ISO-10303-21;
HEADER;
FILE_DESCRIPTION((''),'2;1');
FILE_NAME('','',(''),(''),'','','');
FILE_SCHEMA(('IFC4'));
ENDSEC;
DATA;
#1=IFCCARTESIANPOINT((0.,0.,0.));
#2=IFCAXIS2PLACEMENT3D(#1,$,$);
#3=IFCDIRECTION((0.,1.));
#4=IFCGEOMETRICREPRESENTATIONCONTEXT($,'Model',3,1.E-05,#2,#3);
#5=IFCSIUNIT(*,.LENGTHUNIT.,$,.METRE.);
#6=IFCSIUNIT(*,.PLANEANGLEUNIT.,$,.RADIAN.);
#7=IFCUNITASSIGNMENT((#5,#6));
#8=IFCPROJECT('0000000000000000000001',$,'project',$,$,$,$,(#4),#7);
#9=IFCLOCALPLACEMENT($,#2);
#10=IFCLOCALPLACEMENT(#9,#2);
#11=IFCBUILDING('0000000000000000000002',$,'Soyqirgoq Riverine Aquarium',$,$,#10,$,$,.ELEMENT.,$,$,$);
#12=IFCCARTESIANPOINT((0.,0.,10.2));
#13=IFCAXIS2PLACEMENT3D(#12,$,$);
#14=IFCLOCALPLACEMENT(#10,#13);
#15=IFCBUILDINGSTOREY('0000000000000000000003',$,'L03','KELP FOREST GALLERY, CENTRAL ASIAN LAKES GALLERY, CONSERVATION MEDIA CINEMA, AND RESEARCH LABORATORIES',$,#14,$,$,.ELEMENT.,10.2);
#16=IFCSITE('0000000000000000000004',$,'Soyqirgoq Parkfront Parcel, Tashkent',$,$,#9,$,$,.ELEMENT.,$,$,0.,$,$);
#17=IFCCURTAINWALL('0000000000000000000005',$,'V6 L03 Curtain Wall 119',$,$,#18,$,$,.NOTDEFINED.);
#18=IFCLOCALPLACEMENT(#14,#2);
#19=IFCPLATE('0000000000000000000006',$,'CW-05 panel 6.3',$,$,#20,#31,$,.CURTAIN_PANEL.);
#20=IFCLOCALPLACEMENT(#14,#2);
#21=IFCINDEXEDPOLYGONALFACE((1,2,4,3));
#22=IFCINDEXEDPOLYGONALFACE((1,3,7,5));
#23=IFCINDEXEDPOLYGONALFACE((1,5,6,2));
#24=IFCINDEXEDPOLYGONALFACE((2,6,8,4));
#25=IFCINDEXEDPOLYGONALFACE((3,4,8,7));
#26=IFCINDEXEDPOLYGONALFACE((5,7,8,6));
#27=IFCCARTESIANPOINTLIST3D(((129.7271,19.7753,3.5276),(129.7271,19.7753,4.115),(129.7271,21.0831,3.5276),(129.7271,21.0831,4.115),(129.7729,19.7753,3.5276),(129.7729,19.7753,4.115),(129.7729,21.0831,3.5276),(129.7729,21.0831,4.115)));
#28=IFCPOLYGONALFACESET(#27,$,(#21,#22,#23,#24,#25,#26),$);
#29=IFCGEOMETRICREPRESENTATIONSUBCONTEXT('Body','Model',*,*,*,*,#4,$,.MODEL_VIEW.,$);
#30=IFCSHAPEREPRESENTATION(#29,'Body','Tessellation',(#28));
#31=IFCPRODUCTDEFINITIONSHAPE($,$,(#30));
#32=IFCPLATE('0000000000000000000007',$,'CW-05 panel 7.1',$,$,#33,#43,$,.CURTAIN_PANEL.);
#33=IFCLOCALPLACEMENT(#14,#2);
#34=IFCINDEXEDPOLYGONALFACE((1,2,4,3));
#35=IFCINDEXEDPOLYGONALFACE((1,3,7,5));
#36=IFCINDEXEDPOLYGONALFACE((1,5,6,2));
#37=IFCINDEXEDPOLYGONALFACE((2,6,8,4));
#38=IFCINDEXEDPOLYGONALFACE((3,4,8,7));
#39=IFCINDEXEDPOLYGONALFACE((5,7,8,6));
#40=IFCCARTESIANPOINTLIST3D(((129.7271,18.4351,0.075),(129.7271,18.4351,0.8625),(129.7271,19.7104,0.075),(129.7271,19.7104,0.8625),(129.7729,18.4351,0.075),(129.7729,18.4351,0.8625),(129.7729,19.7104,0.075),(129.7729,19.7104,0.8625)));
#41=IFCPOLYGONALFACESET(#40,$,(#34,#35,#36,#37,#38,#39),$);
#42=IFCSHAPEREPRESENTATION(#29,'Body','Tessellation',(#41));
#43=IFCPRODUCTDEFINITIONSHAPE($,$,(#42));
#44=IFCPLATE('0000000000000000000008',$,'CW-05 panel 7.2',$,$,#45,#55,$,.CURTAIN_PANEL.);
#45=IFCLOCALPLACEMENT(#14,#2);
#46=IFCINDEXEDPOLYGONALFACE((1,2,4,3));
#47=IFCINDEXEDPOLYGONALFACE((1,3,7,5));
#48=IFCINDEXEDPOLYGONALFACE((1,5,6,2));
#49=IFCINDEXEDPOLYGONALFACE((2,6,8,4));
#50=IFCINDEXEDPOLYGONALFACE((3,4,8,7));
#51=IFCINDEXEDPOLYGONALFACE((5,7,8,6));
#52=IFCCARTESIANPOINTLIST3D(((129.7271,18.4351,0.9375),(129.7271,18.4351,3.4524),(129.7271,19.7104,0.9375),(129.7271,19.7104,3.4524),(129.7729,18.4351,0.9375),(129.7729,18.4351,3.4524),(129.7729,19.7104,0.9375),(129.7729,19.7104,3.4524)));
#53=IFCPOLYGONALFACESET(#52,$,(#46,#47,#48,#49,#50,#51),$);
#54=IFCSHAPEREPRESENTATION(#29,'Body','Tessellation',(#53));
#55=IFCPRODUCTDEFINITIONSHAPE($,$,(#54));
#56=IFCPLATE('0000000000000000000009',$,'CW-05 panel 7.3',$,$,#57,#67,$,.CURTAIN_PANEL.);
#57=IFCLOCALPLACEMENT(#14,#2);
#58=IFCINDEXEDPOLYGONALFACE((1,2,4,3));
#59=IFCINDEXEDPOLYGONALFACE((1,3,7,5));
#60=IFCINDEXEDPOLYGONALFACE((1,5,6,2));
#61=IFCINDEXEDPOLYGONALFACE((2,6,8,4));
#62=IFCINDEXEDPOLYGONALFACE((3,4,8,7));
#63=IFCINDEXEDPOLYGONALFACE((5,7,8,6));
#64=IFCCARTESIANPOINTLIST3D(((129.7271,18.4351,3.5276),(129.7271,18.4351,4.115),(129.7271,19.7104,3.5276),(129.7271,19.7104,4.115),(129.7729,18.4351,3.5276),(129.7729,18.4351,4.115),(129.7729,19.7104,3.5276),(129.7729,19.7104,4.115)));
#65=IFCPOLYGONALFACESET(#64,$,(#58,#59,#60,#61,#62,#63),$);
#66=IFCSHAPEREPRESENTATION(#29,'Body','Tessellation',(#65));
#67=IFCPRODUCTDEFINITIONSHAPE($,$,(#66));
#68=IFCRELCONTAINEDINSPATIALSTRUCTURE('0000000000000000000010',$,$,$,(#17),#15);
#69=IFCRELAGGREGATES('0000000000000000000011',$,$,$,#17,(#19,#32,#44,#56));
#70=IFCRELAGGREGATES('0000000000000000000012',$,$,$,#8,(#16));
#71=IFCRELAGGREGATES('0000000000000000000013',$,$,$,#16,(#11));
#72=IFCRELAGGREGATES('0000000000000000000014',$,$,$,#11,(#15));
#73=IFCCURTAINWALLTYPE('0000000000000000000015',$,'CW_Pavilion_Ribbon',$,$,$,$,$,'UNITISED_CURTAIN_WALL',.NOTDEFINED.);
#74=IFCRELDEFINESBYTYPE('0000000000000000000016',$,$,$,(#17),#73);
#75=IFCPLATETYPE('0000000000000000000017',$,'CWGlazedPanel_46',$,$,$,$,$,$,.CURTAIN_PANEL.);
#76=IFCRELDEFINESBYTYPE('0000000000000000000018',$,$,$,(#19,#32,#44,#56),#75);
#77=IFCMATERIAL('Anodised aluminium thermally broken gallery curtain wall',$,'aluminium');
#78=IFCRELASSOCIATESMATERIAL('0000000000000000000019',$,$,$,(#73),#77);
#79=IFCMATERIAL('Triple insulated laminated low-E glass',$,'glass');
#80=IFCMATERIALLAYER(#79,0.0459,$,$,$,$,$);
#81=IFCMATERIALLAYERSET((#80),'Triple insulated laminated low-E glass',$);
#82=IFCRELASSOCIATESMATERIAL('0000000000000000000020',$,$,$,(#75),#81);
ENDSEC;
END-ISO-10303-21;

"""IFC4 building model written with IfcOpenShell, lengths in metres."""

from ifc_helpers import new_model, si_unit, direction, frame, origin, origin_2d, place, context, subcontext, project, spatial, rectangle, extrude, material, layer, layer_set, type_object, element, aggregate, save


model = new_model("IFC4")

# Units and contexts
model_context = context("Model", 3, precision=1e-05, world=origin(), true_north=direction((0.0, 1.0)))
body_context = subcontext(model_context, "Body", "Model", "MODEL_VIEW")
ifc_project = project(units=[si_unit("LENGTHUNIT", "METRE"), si_unit("PLANEANGLEUNIT", "RADIAN")], contexts=[model_context])

# Site, building, storey
site_placement = place(None, origin())
site = spatial("IfcSite", under=ifc_project, at=site_placement, Name="Soyqirgoq Parkfront Parcel, Tashkent", CompositionType="ELEMENT", RefElevation=0.0)
building_placement = place(site_placement, origin())
building = spatial("IfcBuilding", under=site, at=building_placement, Name="Soyqirgoq Riverine Aquarium", CompositionType="ELEMENT")
storey_placement = place(building_placement, frame((0.0, 0.0, 10.2)))
storey = spatial("IfcBuildingStorey", under=building, at=storey_placement, Name="L03", Description="KELP FOREST GALLERY, CENTRAL ASIAN LAKES GALLERY, CONSERVATION MEDIA CINEMA, AND RESEARCH LABORATORIES", CompositionType="ELEMENT", Elevation=10.2)

# Curtain wall, plates
ifc_material_1 = material(Name="Anodised aluminium thermally broken gallery curtain wall", Category="aluminium")
curtain_wall_type = type_object("IfcCurtainWallType", Name="CW_Pavilion_Ribbon", ElementType="UNITISED_CURTAIN_WALL", PredefinedType="NOTDEFINED", material=ifc_material_1)
curtain_wall_placement = place(storey_placement, origin())
curtain_wall = element("IfcCurtainWall", 1, at=curtain_wall_placement, inside=storey, type_object=curtain_wall_type, Name="V6 L03 Curtain Wall 119", PredefinedType="NOTDEFINED")
ifc_material_2 = material(Name="Triple insulated laminated low-E glass", Category="glass")
ifc_layer = layer(ifc_material_2, 0.0459)
ifc_layer_set = layer_set([ifc_layer], Name="Triple insulated laminated low-E glass")
plate_type = type_object("IfcPlateType", Name="CWGlazedPanel_46", PredefinedType="CURTAIN_PANEL", material=ifc_layer_set)
plate_1_placement = place(storey_placement, frame((129.75, 20.4292, 3.5276), z_axis=(0.0, 0.0, 1.0), x_axis=(0.0, -1.0, 0.0)))
plate_1 = element("IfcPlate", 2, at=plate_1_placement, type_object=plate_type, Name="CW-05 panel 6.3", PredefinedType="CURTAIN_PANEL", context=body_context, shape_type="SweptSolid", body=[
    extrude(rectangle(XDim=1.3079, YDim=0.0459, at=origin_2d()), origin(), (0.0, 0.0, 1.0), 0.5874),
])
plate_2_placement = place(storey_placement, frame((129.75, 19.0728, 0.075), z_axis=(0.0, 0.0, 1.0), x_axis=(0.0, -1.0, 0.0)))
plate_2 = element("IfcPlate", 3, at=plate_2_placement, type_object=plate_type, Name="CW-05 panel 7.1", PredefinedType="CURTAIN_PANEL", context=body_context, shape_type="SweptSolid", body=[
    extrude(rectangle(XDim=1.2754, YDim=0.0459, at=origin_2d()), origin(), (0.0, 0.0, 1.0), 0.7876),
])
plate_3_placement = place(storey_placement, frame((129.75, 19.0728, 0.9375), z_axis=(0.0, 0.0, 1.0), x_axis=(0.0, -1.0, 0.0)))
plate_3 = element("IfcPlate", 4, at=plate_3_placement, type_object=plate_type, Name="CW-05 panel 7.2", PredefinedType="CURTAIN_PANEL", context=body_context, shape_type="SweptSolid", body=[
    extrude(rectangle(XDim=1.2754, YDim=0.0459, at=origin_2d()), origin(), (0.0, 0.0, 1.0), 2.5149),
])
plate_4_placement = place(storey_placement, frame((129.75, 19.0728, 3.5276), z_axis=(0.0, 0.0, 1.0), x_axis=(0.0, -1.0, 0.0)))
plate_4 = element("IfcPlate", 5, at=plate_4_placement, type_object=plate_type, Name="CW-05 panel 7.3", PredefinedType="CURTAIN_PANEL", context=body_context, shape_type="SweptSolid", body=[
    extrude(rectangle(XDim=1.2754, YDim=0.0459, at=origin_2d()), origin(), (0.0, 0.0, 1.0), 0.5874),
])
aggregate(curtain_wall, [plate_1, plate_2, plate_3, plate_4])

save(model, "model.ifc")
